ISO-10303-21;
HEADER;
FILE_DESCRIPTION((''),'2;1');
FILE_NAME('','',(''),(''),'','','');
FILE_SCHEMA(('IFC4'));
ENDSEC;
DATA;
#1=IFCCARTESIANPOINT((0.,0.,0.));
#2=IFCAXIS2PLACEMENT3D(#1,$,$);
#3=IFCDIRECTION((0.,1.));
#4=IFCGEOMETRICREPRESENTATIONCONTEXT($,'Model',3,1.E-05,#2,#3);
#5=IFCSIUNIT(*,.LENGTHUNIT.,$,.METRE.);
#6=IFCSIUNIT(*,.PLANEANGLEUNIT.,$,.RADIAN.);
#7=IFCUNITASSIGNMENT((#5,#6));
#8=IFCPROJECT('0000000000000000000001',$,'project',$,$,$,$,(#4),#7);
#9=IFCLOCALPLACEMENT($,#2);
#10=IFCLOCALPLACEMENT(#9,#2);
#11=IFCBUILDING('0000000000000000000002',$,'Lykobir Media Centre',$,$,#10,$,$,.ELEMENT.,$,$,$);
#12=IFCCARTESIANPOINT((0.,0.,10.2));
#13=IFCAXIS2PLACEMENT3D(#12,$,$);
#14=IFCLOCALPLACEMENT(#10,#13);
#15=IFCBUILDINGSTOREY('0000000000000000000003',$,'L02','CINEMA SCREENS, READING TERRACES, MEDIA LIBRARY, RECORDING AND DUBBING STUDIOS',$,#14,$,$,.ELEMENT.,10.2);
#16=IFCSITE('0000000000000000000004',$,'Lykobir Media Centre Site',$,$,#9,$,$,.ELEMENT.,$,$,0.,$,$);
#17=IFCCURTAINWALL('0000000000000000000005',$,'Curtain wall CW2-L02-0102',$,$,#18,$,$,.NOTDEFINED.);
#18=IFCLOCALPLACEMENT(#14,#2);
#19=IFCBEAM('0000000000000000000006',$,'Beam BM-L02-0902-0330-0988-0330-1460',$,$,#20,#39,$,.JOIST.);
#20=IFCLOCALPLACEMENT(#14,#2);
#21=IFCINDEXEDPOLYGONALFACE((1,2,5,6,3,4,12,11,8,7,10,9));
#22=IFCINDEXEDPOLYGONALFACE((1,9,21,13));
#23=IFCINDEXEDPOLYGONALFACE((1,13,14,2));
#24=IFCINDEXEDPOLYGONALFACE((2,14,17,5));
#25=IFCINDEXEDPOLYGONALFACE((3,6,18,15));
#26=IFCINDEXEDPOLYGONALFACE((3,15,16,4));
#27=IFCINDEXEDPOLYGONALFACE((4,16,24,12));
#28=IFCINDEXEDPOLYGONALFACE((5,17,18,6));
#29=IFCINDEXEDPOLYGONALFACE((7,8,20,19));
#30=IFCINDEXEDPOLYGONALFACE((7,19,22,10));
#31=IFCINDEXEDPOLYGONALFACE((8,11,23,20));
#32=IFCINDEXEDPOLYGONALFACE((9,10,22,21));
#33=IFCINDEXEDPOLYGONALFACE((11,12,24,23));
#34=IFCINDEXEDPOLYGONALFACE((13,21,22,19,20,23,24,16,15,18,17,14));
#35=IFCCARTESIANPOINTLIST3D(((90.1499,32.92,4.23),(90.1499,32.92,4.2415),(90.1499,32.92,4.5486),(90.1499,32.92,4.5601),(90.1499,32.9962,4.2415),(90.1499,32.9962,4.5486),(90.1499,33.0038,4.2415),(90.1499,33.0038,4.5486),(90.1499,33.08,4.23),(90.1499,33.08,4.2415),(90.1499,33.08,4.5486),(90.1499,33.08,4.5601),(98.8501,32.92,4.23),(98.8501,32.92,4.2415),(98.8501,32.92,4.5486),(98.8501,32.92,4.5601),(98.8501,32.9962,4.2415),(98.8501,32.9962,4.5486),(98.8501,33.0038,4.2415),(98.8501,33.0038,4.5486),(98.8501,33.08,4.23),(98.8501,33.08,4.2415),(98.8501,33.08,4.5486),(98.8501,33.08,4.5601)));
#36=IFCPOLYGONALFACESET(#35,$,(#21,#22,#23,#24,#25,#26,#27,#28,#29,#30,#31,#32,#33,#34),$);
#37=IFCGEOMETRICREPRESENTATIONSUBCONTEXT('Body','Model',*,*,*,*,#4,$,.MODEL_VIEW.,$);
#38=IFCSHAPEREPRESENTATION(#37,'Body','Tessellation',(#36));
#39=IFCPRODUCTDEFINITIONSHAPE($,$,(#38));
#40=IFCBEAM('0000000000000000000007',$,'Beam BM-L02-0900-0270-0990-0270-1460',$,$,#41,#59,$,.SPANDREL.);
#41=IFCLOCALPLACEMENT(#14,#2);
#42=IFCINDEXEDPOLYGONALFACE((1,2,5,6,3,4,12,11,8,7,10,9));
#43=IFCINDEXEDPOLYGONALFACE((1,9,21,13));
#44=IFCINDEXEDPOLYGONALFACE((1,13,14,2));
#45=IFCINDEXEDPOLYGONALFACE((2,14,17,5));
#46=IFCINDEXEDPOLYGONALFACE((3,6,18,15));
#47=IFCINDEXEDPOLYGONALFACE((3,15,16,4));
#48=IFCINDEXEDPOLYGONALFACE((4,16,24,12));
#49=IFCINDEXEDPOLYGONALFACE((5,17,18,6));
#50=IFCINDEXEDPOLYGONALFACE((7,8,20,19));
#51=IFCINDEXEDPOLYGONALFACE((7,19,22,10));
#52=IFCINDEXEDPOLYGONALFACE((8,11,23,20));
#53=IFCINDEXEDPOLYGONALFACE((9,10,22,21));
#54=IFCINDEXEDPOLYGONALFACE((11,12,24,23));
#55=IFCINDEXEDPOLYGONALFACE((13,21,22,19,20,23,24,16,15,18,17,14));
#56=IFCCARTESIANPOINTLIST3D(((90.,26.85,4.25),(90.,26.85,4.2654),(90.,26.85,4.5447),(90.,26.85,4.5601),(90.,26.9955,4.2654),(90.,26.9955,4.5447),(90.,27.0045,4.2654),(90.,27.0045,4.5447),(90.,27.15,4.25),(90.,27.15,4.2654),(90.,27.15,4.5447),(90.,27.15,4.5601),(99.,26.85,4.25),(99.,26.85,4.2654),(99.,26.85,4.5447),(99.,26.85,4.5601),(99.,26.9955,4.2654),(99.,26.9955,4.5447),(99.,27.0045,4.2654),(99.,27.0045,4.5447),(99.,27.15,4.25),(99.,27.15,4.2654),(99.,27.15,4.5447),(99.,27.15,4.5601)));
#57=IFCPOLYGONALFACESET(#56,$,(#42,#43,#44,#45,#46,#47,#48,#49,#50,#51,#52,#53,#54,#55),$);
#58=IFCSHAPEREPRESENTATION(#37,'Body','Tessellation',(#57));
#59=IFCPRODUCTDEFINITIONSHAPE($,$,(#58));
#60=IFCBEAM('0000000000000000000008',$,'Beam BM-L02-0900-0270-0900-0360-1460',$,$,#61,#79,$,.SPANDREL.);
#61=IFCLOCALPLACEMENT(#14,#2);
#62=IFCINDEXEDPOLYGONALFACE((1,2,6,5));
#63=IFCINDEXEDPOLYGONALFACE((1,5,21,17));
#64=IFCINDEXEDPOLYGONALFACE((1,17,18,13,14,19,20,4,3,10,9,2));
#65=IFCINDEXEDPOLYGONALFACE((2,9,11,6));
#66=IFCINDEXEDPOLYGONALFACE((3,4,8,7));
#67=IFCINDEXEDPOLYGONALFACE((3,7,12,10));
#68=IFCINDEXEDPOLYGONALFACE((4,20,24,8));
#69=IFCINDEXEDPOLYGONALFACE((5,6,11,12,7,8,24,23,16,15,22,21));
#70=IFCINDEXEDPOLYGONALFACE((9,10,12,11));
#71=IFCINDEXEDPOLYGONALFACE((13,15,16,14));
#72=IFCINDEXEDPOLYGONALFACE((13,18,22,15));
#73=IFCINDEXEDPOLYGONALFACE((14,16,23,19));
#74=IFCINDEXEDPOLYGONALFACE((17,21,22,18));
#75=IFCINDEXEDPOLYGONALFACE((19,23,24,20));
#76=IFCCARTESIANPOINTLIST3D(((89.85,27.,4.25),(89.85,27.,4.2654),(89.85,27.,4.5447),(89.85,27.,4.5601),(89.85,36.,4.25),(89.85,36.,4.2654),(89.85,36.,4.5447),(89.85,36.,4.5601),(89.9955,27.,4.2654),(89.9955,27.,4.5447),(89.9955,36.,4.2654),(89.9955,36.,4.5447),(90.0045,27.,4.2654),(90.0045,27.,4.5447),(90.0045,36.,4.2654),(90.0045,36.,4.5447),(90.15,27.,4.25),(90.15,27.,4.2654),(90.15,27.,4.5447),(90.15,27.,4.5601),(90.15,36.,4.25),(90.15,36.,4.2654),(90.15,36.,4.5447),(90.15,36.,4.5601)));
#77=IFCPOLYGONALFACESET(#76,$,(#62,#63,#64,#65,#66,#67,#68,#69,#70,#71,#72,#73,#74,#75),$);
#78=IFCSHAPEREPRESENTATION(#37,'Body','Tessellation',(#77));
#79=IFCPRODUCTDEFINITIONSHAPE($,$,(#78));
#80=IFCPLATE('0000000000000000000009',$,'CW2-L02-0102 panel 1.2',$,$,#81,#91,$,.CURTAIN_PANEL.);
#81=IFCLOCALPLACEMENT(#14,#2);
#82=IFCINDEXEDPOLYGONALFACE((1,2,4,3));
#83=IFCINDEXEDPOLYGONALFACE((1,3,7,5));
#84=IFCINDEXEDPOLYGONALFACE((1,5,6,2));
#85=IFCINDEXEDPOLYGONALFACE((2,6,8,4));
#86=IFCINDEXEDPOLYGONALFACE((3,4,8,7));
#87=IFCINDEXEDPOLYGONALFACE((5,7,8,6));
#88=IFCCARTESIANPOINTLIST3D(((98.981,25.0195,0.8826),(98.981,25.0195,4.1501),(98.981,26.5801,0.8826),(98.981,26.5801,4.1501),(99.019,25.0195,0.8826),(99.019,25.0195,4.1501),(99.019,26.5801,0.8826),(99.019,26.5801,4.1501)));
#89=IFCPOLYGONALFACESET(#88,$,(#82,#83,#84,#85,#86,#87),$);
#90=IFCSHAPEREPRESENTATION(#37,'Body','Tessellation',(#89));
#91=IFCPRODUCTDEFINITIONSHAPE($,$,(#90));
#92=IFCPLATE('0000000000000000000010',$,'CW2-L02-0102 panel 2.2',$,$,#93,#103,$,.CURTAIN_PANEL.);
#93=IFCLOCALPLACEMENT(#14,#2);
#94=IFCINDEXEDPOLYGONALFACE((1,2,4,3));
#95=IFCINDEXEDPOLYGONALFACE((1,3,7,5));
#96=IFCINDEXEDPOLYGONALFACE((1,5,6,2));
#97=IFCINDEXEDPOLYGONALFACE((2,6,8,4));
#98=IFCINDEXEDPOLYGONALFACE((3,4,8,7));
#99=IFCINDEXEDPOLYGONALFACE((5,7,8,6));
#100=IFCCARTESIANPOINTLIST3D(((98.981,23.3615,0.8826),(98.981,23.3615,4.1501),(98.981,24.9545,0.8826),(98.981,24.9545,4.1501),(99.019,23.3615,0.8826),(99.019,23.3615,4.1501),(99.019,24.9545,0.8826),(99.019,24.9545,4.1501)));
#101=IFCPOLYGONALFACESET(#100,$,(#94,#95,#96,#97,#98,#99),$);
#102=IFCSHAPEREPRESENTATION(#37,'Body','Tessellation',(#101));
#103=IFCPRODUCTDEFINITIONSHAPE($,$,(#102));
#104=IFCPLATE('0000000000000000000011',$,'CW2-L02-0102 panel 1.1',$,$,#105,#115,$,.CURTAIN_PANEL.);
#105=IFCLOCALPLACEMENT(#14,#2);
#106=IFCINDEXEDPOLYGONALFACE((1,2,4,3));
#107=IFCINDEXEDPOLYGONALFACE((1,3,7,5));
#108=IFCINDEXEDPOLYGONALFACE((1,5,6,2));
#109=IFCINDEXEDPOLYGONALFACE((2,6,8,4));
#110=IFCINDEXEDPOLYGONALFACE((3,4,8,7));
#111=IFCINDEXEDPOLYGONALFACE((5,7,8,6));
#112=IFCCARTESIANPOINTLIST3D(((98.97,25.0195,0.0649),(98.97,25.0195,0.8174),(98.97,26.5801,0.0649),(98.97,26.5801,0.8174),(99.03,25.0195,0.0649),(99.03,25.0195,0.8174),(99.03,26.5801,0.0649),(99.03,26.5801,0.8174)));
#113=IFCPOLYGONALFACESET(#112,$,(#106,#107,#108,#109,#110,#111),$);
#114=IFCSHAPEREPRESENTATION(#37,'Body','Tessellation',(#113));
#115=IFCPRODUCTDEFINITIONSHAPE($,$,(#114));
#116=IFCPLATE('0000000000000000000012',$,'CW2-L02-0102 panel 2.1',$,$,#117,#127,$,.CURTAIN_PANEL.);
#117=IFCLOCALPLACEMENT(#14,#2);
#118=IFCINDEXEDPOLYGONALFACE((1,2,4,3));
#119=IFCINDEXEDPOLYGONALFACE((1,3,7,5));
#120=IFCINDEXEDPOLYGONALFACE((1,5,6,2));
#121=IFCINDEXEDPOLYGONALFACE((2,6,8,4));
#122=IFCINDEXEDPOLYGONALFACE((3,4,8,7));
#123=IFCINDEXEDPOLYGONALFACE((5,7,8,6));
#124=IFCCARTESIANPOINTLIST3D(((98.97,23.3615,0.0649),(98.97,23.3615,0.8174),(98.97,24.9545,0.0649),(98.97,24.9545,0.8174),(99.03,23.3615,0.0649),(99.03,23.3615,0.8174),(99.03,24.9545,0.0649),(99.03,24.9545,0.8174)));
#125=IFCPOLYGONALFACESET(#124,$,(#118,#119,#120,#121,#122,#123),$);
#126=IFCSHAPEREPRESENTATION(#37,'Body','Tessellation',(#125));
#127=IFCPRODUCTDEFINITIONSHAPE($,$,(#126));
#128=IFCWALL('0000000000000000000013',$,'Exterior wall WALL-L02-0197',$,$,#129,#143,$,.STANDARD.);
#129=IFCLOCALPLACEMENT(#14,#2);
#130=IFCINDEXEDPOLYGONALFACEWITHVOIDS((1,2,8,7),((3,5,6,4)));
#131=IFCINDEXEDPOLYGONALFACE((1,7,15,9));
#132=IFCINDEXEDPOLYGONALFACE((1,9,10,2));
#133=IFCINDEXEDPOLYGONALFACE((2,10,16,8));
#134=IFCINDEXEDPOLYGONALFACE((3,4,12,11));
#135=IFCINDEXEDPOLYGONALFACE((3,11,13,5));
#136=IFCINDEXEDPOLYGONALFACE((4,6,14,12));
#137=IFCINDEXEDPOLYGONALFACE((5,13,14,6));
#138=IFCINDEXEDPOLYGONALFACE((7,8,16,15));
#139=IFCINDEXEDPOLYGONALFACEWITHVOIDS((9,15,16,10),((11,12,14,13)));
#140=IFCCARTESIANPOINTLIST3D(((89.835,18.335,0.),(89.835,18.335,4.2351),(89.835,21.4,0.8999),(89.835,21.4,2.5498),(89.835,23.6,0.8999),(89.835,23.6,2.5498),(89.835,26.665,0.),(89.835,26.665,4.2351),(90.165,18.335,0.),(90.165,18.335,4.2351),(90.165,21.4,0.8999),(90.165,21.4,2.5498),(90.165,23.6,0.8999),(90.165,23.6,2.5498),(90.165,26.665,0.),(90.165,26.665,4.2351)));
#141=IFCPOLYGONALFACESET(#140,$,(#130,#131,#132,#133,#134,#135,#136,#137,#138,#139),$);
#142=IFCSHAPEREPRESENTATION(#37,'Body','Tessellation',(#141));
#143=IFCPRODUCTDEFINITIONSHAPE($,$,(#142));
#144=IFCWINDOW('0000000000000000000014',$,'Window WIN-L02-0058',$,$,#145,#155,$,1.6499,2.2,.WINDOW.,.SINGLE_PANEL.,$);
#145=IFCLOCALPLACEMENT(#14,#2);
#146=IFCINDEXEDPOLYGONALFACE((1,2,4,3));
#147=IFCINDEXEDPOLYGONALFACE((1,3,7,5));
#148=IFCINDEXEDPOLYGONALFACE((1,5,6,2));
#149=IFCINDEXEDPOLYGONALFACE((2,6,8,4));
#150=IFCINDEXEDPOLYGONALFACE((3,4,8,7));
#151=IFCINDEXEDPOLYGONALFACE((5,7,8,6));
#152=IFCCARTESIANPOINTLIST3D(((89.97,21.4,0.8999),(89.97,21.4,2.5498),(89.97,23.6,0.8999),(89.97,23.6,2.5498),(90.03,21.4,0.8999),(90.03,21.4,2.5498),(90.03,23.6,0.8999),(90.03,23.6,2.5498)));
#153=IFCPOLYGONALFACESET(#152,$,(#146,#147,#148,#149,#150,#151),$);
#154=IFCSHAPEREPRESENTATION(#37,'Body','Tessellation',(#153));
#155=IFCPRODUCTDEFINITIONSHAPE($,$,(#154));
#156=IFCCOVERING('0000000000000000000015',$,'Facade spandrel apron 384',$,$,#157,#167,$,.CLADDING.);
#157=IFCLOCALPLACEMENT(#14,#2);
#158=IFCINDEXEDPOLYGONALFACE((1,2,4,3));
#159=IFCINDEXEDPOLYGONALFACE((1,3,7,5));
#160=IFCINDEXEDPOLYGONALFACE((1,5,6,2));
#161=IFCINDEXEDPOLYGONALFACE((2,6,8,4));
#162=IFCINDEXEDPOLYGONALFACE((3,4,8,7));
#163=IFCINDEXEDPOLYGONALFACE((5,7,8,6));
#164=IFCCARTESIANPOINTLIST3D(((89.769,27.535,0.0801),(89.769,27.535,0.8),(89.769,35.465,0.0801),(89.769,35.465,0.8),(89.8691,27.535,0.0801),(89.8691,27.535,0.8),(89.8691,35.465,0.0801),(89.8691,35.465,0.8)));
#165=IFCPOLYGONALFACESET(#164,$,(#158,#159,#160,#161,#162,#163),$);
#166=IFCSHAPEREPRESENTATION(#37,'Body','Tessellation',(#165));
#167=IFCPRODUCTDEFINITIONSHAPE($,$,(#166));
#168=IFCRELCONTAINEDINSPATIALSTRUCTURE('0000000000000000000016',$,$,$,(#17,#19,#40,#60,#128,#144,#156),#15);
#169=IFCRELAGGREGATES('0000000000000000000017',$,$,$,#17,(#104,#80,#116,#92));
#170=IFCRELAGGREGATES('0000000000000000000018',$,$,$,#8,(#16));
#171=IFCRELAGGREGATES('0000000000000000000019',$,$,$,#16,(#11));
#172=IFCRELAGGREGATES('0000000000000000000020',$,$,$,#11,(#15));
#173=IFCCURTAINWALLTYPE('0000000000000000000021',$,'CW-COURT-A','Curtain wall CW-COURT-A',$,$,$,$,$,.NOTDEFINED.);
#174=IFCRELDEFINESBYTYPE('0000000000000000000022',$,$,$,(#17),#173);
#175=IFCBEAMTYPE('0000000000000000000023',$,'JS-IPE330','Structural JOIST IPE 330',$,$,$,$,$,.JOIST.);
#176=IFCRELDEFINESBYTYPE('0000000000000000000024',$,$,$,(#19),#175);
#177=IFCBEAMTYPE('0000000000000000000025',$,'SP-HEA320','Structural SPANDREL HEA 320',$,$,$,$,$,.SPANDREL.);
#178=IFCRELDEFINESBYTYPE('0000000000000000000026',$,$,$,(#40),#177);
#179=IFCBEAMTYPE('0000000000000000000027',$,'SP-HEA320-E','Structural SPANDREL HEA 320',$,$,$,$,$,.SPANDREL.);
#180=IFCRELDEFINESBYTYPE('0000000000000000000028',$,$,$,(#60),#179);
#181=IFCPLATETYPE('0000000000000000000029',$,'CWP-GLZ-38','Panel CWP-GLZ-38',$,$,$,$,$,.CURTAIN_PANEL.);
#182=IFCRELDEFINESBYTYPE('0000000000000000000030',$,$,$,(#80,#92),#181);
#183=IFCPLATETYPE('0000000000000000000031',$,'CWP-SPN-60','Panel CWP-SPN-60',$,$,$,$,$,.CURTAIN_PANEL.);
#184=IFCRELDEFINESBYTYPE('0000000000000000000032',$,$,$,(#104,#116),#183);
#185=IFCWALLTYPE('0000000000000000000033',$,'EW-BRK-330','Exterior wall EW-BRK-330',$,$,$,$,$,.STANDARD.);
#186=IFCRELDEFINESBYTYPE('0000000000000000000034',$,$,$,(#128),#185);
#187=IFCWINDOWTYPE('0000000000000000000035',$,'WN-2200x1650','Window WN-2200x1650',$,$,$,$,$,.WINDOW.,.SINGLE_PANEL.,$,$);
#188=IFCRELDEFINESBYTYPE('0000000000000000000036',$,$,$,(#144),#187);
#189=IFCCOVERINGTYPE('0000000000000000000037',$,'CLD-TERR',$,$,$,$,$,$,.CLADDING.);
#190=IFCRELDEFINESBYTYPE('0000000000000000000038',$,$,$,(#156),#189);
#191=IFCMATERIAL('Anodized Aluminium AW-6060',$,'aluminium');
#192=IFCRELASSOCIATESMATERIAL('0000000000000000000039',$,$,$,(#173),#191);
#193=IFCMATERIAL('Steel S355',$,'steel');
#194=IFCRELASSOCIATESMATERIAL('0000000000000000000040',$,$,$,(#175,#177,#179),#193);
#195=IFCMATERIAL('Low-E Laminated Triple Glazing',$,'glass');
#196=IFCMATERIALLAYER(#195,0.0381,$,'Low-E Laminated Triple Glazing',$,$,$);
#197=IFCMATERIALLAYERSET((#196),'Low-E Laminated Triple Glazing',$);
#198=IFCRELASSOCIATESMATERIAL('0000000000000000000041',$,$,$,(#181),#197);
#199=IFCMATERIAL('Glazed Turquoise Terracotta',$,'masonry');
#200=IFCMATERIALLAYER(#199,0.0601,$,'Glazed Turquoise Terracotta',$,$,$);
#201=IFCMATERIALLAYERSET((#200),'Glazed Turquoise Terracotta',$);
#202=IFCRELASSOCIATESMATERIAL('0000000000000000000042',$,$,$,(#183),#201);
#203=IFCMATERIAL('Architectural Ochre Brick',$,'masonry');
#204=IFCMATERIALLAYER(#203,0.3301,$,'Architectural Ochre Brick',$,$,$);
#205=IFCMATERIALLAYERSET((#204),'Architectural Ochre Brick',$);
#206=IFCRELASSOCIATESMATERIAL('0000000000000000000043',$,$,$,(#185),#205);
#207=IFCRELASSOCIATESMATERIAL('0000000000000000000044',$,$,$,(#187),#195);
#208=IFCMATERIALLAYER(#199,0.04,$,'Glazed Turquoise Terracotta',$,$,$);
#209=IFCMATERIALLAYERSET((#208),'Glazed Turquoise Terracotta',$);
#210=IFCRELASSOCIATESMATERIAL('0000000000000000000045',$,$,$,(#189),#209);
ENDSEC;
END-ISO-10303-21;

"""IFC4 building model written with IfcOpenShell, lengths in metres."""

from ifc_helpers import new_model, si_unit, direction, frame, frame_2d, origin, origin_2d, place, context, subcontext, project, spatial, rectangle, i_section, extrude, material, layer, layer_set, material_profile, profile_set, type_object, element, fill, aggregate, save


model = new_model("IFC4")

# Units and contexts
model_context = context("Model", 3, precision=1e-05, world=origin(), true_north=direction((0.0, 1.0)))
body_context = subcontext(model_context, "Body", "Model", "MODEL_VIEW")
ifc_project = project(units=[si_unit("LENGTHUNIT", "METRE"), si_unit("PLANEANGLEUNIT", "RADIAN")], contexts=[model_context])

# Site, building, storey
site_placement = place(None, origin())
site = spatial("IfcSite", under=ifc_project, at=site_placement, Name="Lykobir Media Centre Site", CompositionType="ELEMENT", RefElevation=0.0)
building_placement = place(site_placement, origin())
building = spatial("IfcBuilding", under=site, at=building_placement, Name="Lykobir Media Centre", CompositionType="ELEMENT")
storey_placement = place(building_placement, frame((0.0, 0.0, 10.2)))
storey = spatial("IfcBuildingStorey", under=building, at=storey_placement, Name="L02", Description="CINEMA SCREENS, READING TERRACES, MEDIA LIBRARY, RECORDING AND DUBBING STUDIOS", CompositionType="ELEMENT", Elevation=10.2)

# Curtain wall
ifc_material_1 = material(Name="Anodized Aluminium AW-6060", Category="aluminium")
curtain_wall_type = type_object("IfcCurtainWallType", Name="CW-COURT-A", Description="Curtain wall CW-COURT-A", PredefinedType="NOTDEFINED", material=ifc_material_1)
curtain_wall_placement = place(storey_placement, origin())
curtain_wall = element("IfcCurtainWall", 1, at=curtain_wall_placement, inside=storey, type_object=curtain_wall_type, Name="Curtain wall CW2-L02-0102", PredefinedType="NOTDEFINED")

# Beams
ifc_material_2 = material(Name="Steel S355", Category="steel")
ifc_material_profile_1 = material_profile(ifc_material_2, i_section(OverallWidth=0.1599, OverallDepth=0.3301, WebThickness=0.0076, FlangeThickness=0.0115, at=origin_2d()), Name="IPE 330")
ifc_profile_set_1 = profile_set([ifc_material_profile_1], Name="Steel S355")
beam_type_1 = type_object("IfcBeamType", Name="JS-IPE330", Description="Structural JOIST IPE 330", PredefinedType="JOIST", material=ifc_profile_set_1)
for number, where, z_axis, x_axis, name in (
    (2, (90.1499, 33.0, 4.395), (1.0, 0.0, 0.0), (0.0, 1.0, 0.0), "Beam BM-L02-0902-0330-0988-0330-1460"),
):
    element("IfcBeam", number, at=place(storey_placement, frame(where, z_axis=z_axis, x_axis=x_axis)), inside=storey, type_object=beam_type_1, Name=name, PredefinedType="JOIST", context=body_context, shape_type="SweptSolid", body=[
        extrude(i_section(OverallWidth=0.1599, OverallDepth=0.3301, WebThickness=0.0076, FlangeThickness=0.0115, at=origin_2d()), origin(), (0.0, 0.0, 1.0), 8.7002),
    ])
ifc_material_profile_2 = material_profile(ifc_material_2, i_section(OverallWidth=0.3, OverallDepth=0.3101, WebThickness=0.009, FlangeThickness=0.0154, at=origin_2d()), Name="HEA 320")
ifc_profile_set_2 = profile_set([ifc_material_profile_2], Name="Steel S355")
beam_type_2 = type_object("IfcBeamType", Name="SP-HEA320", Description="Structural SPANDREL HEA 320", PredefinedType="SPANDREL", material=ifc_profile_set_2)
beam_1_placement = place(storey_placement, frame((90.0, 27.0, 4.405), z_axis=(1.0, 0.0, 0.0), x_axis=(0.0, 1.0, 0.0)))
element("IfcBeam", 3, at=beam_1_placement, inside=storey, type_object=beam_type_2, Name="Beam BM-L02-0900-0270-0990-0270-1460", PredefinedType="SPANDREL", context=body_context, shape_type="SweptSolid", body=[
    extrude(i_section(OverallWidth=0.3, OverallDepth=0.3101, WebThickness=0.009, FlangeThickness=0.0154, at=origin_2d()), origin(), (0.0, 0.0, 1.0), 9.0),
])
ifc_material_profile_3 = material_profile(ifc_material_2, i_section(OverallWidth=0.3, OverallDepth=0.3101, WebThickness=0.009, FlangeThickness=0.0154, at=origin_2d()), Name="HEA 320")
ifc_profile_set_3 = profile_set([ifc_material_profile_3], Name="Steel S355")
beam_type_3 = type_object("IfcBeamType", Name="SP-HEA320-E", Description="Structural SPANDREL HEA 320", PredefinedType="SPANDREL", material=ifc_profile_set_3)
beam_2_placement = place(storey_placement, frame((90.0, 27.0, 4.405), z_axis=(0.0, 1.0, 0.0), x_axis=(-1.0, 0.0, 0.0)))
element("IfcBeam", 4, at=beam_2_placement, inside=storey, type_object=beam_type_3, Name="Beam BM-L02-0900-0270-0900-0360-1460", PredefinedType="SPANDREL", context=body_context, shape_type="SweptSolid", body=[
    extrude(i_section(OverallWidth=0.3, OverallDepth=0.3101, WebThickness=0.009, FlangeThickness=0.0154, at=origin_2d()), origin(), (0.0, 0.0, 1.0), 9.0),
])

# Plates
ifc_material_3 = material(Name="Low-E Laminated Triple Glazing", Category="glass")
ifc_layer_1 = layer(ifc_material_3, 0.0381, Name="Low-E Laminated Triple Glazing")
ifc_layer_set_1 = layer_set([ifc_layer_1], Name="Low-E Laminated Triple Glazing")
plate_type_1 = type_object("IfcPlateType", Name="CWP-GLZ-38", Description="Panel CWP-GLZ-38", PredefinedType="CURTAIN_PANEL", material=ifc_layer_set_1)
plate_1_placement = place(storey_placement, frame((99.0, 25.7998, 0.8826), z_axis=(0.0, 0.0, 1.0), x_axis=(0.0, -1.0, 0.0)))
plate_1 = element("IfcPlate", 5, at=plate_1_placement, type_object=plate_type_1, Name="CW2-L02-0102 panel 1.2", PredefinedType="CURTAIN_PANEL", context=body_context, shape_type="SweptSolid", body=[
    extrude(rectangle(XDim=1.5605, YDim=0.0381, at=origin_2d()), origin(), (0.0, 0.0, 1.0), 3.2676),
])
plate_2_placement = place(storey_placement, frame((99.0, 24.158, 0.8826), z_axis=(0.0, 0.0, 1.0), x_axis=(0.0, -1.0, 0.0)))
plate_2 = element("IfcPlate", 6, at=plate_2_placement, type_object=plate_type_1, Name="CW2-L02-0102 panel 2.2", PredefinedType="CURTAIN_PANEL", context=body_context, shape_type="SweptSolid", body=[
    extrude(rectangle(XDim=1.593, YDim=0.0381, at=origin_2d()), origin(), (0.0, 0.0, 1.0), 3.2676),
])
ifc_material_4 = material(Name="Glazed Turquoise Terracotta", Category="masonry")
ifc_layer_2 = layer(ifc_material_4, 0.0601, Name="Glazed Turquoise Terracotta")
ifc_layer_set_2 = layer_set([ifc_layer_2], Name="Glazed Turquoise Terracotta")
plate_type_2 = type_object("IfcPlateType", Name="CWP-SPN-60", Description="Panel CWP-SPN-60", PredefinedType="CURTAIN_PANEL", material=ifc_layer_set_2)
plate_3_placement = place(storey_placement, frame((99.0, 25.7998, 0.0649), z_axis=(0.0, 0.0, 1.0), x_axis=(0.0, -1.0, 0.0)))
plate_3 = element("IfcPlate", 7, at=plate_3_placement, type_object=plate_type_2, Name="CW2-L02-0102 panel 1.1", PredefinedType="CURTAIN_PANEL", context=body_context, shape_type="SweptSolid", body=[
    extrude(rectangle(XDim=1.5605, YDim=0.0601, at=origin_2d()), origin(), (0.0, 0.0, 1.0), 0.7524),
])
plate_4_placement = place(storey_placement, frame((99.0, 24.158, 0.0649), z_axis=(0.0, 0.0, 1.0), x_axis=(0.0, -1.0, 0.0)))
plate_4 = element("IfcPlate", 8, at=plate_4_placement, type_object=plate_type_2, Name="CW2-L02-0102 panel 2.1", PredefinedType="CURTAIN_PANEL", context=body_context, shape_type="SweptSolid", body=[
    extrude(rectangle(XDim=1.593, YDim=0.0601, at=origin_2d()), origin(), (0.0, 0.0, 1.0), 0.7524),
])
aggregate(curtain_wall, [plate_3, plate_1, plate_4, plate_2])

# Wall, opening, window
ifc_material_5 = material(Name="Architectural Ochre Brick", Category="masonry")
ifc_layer_3 = layer(ifc_material_5, 0.3301, Name="Architectural Ochre Brick")
ifc_layer_set_3 = layer_set([ifc_layer_3], Name="Architectural Ochre Brick")
wall_type = type_object("IfcWallType", Name="EW-BRK-330", Description="Exterior wall EW-BRK-330", PredefinedType="STANDARD", material=ifc_layer_set_3)
wall_placement = place(storey_placement, frame((90.0, 26.665, 0.0), z_axis=(0.0, 0.0, 1.0), x_axis=(0.0, -1.0, 0.0)))
wall = element("IfcWall", 9, at=wall_placement, inside=storey, type_object=wall_type, Name="Exterior wall WALL-L02-0197", PredefinedType="STANDARD", context=body_context, shape_type="SweptSolid", body=[
    extrude(rectangle(XDim=8.3301, YDim=0.3301, at=frame_2d((4.165, 0.0))), origin(), (0.0, 0.0, 1.0), 4.2351),
])
opening_placement = place(wall_placement, frame((3.0649, 0.0, 0.8999)))
opening = element("IfcOpeningElement", 10, at=opening_placement, cuts=wall, PredefinedType="OPENING", context=body_context, shape_type="SweptSolid", body=[
    extrude(rectangle(XDim=2.2, YDim=1.6499, at=frame_2d((1.1001, 0.825))), frame((0.0, 0.175, 0.0), z_axis=(0.0, -1.0, 0.0), x_axis=(1.0, 0.0, 0.0)), (0.0, 0.0, 1.0), 0.3501),
])
window_type = type_object("IfcWindowType", Name="WN-2200x1650", Description="Window WN-2200x1650", PartitioningType="SINGLE_PANEL", PredefinedType="WINDOW", material=ifc_material_3)
window_placement = place(opening_placement, origin())
window = element("IfcWindow", 11, at=window_placement, inside=storey, type_object=window_type, Name="Window WIN-L02-0058", OverallHeight=1.6499, OverallWidth=2.2, PartitioningType="SINGLE_PANEL", PredefinedType="WINDOW", context=body_context, shape_type="SweptSolid", body=[
    extrude(rectangle(XDim=2.2, YDim=1.6499, at=frame_2d((1.1001, 0.825))), frame((0.0, 0.03, 0.0), z_axis=(0.0, -1.0, 0.0), x_axis=(1.0, 0.0, 0.0)), (0.0, 0.0, 1.0), 0.0601),
])
fill(opening, window)

# Covering
ifc_layer_4 = layer(ifc_material_4, 0.04, Name="Glazed Turquoise Terracotta")
ifc_layer_set_4 = layer_set([ifc_layer_4], Name="Glazed Turquoise Terracotta")
covering_type = type_object("IfcCoveringType", Name="CLD-TERR", PredefinedType="CLADDING", material=ifc_layer_set_4)
covering_placement = place(storey_placement, frame((89.8191, 31.5, 0.0801), z_axis=(0.0, 0.0, 1.0), x_axis=(0.0, -1.0, 0.0)))
element("IfcCovering", 12, at=covering_placement, inside=storey, type_object=covering_type, Name="Facade spandrel apron 384", PredefinedType="CLADDING", context=body_context, shape_type="SweptSolid", body=[
    extrude(rectangle(XDim=7.9299, YDim=0.1001, at=origin_2d()), origin(), (0.0, 0.0, 1.0), 0.72),
])

save(model, "model.ifc")
